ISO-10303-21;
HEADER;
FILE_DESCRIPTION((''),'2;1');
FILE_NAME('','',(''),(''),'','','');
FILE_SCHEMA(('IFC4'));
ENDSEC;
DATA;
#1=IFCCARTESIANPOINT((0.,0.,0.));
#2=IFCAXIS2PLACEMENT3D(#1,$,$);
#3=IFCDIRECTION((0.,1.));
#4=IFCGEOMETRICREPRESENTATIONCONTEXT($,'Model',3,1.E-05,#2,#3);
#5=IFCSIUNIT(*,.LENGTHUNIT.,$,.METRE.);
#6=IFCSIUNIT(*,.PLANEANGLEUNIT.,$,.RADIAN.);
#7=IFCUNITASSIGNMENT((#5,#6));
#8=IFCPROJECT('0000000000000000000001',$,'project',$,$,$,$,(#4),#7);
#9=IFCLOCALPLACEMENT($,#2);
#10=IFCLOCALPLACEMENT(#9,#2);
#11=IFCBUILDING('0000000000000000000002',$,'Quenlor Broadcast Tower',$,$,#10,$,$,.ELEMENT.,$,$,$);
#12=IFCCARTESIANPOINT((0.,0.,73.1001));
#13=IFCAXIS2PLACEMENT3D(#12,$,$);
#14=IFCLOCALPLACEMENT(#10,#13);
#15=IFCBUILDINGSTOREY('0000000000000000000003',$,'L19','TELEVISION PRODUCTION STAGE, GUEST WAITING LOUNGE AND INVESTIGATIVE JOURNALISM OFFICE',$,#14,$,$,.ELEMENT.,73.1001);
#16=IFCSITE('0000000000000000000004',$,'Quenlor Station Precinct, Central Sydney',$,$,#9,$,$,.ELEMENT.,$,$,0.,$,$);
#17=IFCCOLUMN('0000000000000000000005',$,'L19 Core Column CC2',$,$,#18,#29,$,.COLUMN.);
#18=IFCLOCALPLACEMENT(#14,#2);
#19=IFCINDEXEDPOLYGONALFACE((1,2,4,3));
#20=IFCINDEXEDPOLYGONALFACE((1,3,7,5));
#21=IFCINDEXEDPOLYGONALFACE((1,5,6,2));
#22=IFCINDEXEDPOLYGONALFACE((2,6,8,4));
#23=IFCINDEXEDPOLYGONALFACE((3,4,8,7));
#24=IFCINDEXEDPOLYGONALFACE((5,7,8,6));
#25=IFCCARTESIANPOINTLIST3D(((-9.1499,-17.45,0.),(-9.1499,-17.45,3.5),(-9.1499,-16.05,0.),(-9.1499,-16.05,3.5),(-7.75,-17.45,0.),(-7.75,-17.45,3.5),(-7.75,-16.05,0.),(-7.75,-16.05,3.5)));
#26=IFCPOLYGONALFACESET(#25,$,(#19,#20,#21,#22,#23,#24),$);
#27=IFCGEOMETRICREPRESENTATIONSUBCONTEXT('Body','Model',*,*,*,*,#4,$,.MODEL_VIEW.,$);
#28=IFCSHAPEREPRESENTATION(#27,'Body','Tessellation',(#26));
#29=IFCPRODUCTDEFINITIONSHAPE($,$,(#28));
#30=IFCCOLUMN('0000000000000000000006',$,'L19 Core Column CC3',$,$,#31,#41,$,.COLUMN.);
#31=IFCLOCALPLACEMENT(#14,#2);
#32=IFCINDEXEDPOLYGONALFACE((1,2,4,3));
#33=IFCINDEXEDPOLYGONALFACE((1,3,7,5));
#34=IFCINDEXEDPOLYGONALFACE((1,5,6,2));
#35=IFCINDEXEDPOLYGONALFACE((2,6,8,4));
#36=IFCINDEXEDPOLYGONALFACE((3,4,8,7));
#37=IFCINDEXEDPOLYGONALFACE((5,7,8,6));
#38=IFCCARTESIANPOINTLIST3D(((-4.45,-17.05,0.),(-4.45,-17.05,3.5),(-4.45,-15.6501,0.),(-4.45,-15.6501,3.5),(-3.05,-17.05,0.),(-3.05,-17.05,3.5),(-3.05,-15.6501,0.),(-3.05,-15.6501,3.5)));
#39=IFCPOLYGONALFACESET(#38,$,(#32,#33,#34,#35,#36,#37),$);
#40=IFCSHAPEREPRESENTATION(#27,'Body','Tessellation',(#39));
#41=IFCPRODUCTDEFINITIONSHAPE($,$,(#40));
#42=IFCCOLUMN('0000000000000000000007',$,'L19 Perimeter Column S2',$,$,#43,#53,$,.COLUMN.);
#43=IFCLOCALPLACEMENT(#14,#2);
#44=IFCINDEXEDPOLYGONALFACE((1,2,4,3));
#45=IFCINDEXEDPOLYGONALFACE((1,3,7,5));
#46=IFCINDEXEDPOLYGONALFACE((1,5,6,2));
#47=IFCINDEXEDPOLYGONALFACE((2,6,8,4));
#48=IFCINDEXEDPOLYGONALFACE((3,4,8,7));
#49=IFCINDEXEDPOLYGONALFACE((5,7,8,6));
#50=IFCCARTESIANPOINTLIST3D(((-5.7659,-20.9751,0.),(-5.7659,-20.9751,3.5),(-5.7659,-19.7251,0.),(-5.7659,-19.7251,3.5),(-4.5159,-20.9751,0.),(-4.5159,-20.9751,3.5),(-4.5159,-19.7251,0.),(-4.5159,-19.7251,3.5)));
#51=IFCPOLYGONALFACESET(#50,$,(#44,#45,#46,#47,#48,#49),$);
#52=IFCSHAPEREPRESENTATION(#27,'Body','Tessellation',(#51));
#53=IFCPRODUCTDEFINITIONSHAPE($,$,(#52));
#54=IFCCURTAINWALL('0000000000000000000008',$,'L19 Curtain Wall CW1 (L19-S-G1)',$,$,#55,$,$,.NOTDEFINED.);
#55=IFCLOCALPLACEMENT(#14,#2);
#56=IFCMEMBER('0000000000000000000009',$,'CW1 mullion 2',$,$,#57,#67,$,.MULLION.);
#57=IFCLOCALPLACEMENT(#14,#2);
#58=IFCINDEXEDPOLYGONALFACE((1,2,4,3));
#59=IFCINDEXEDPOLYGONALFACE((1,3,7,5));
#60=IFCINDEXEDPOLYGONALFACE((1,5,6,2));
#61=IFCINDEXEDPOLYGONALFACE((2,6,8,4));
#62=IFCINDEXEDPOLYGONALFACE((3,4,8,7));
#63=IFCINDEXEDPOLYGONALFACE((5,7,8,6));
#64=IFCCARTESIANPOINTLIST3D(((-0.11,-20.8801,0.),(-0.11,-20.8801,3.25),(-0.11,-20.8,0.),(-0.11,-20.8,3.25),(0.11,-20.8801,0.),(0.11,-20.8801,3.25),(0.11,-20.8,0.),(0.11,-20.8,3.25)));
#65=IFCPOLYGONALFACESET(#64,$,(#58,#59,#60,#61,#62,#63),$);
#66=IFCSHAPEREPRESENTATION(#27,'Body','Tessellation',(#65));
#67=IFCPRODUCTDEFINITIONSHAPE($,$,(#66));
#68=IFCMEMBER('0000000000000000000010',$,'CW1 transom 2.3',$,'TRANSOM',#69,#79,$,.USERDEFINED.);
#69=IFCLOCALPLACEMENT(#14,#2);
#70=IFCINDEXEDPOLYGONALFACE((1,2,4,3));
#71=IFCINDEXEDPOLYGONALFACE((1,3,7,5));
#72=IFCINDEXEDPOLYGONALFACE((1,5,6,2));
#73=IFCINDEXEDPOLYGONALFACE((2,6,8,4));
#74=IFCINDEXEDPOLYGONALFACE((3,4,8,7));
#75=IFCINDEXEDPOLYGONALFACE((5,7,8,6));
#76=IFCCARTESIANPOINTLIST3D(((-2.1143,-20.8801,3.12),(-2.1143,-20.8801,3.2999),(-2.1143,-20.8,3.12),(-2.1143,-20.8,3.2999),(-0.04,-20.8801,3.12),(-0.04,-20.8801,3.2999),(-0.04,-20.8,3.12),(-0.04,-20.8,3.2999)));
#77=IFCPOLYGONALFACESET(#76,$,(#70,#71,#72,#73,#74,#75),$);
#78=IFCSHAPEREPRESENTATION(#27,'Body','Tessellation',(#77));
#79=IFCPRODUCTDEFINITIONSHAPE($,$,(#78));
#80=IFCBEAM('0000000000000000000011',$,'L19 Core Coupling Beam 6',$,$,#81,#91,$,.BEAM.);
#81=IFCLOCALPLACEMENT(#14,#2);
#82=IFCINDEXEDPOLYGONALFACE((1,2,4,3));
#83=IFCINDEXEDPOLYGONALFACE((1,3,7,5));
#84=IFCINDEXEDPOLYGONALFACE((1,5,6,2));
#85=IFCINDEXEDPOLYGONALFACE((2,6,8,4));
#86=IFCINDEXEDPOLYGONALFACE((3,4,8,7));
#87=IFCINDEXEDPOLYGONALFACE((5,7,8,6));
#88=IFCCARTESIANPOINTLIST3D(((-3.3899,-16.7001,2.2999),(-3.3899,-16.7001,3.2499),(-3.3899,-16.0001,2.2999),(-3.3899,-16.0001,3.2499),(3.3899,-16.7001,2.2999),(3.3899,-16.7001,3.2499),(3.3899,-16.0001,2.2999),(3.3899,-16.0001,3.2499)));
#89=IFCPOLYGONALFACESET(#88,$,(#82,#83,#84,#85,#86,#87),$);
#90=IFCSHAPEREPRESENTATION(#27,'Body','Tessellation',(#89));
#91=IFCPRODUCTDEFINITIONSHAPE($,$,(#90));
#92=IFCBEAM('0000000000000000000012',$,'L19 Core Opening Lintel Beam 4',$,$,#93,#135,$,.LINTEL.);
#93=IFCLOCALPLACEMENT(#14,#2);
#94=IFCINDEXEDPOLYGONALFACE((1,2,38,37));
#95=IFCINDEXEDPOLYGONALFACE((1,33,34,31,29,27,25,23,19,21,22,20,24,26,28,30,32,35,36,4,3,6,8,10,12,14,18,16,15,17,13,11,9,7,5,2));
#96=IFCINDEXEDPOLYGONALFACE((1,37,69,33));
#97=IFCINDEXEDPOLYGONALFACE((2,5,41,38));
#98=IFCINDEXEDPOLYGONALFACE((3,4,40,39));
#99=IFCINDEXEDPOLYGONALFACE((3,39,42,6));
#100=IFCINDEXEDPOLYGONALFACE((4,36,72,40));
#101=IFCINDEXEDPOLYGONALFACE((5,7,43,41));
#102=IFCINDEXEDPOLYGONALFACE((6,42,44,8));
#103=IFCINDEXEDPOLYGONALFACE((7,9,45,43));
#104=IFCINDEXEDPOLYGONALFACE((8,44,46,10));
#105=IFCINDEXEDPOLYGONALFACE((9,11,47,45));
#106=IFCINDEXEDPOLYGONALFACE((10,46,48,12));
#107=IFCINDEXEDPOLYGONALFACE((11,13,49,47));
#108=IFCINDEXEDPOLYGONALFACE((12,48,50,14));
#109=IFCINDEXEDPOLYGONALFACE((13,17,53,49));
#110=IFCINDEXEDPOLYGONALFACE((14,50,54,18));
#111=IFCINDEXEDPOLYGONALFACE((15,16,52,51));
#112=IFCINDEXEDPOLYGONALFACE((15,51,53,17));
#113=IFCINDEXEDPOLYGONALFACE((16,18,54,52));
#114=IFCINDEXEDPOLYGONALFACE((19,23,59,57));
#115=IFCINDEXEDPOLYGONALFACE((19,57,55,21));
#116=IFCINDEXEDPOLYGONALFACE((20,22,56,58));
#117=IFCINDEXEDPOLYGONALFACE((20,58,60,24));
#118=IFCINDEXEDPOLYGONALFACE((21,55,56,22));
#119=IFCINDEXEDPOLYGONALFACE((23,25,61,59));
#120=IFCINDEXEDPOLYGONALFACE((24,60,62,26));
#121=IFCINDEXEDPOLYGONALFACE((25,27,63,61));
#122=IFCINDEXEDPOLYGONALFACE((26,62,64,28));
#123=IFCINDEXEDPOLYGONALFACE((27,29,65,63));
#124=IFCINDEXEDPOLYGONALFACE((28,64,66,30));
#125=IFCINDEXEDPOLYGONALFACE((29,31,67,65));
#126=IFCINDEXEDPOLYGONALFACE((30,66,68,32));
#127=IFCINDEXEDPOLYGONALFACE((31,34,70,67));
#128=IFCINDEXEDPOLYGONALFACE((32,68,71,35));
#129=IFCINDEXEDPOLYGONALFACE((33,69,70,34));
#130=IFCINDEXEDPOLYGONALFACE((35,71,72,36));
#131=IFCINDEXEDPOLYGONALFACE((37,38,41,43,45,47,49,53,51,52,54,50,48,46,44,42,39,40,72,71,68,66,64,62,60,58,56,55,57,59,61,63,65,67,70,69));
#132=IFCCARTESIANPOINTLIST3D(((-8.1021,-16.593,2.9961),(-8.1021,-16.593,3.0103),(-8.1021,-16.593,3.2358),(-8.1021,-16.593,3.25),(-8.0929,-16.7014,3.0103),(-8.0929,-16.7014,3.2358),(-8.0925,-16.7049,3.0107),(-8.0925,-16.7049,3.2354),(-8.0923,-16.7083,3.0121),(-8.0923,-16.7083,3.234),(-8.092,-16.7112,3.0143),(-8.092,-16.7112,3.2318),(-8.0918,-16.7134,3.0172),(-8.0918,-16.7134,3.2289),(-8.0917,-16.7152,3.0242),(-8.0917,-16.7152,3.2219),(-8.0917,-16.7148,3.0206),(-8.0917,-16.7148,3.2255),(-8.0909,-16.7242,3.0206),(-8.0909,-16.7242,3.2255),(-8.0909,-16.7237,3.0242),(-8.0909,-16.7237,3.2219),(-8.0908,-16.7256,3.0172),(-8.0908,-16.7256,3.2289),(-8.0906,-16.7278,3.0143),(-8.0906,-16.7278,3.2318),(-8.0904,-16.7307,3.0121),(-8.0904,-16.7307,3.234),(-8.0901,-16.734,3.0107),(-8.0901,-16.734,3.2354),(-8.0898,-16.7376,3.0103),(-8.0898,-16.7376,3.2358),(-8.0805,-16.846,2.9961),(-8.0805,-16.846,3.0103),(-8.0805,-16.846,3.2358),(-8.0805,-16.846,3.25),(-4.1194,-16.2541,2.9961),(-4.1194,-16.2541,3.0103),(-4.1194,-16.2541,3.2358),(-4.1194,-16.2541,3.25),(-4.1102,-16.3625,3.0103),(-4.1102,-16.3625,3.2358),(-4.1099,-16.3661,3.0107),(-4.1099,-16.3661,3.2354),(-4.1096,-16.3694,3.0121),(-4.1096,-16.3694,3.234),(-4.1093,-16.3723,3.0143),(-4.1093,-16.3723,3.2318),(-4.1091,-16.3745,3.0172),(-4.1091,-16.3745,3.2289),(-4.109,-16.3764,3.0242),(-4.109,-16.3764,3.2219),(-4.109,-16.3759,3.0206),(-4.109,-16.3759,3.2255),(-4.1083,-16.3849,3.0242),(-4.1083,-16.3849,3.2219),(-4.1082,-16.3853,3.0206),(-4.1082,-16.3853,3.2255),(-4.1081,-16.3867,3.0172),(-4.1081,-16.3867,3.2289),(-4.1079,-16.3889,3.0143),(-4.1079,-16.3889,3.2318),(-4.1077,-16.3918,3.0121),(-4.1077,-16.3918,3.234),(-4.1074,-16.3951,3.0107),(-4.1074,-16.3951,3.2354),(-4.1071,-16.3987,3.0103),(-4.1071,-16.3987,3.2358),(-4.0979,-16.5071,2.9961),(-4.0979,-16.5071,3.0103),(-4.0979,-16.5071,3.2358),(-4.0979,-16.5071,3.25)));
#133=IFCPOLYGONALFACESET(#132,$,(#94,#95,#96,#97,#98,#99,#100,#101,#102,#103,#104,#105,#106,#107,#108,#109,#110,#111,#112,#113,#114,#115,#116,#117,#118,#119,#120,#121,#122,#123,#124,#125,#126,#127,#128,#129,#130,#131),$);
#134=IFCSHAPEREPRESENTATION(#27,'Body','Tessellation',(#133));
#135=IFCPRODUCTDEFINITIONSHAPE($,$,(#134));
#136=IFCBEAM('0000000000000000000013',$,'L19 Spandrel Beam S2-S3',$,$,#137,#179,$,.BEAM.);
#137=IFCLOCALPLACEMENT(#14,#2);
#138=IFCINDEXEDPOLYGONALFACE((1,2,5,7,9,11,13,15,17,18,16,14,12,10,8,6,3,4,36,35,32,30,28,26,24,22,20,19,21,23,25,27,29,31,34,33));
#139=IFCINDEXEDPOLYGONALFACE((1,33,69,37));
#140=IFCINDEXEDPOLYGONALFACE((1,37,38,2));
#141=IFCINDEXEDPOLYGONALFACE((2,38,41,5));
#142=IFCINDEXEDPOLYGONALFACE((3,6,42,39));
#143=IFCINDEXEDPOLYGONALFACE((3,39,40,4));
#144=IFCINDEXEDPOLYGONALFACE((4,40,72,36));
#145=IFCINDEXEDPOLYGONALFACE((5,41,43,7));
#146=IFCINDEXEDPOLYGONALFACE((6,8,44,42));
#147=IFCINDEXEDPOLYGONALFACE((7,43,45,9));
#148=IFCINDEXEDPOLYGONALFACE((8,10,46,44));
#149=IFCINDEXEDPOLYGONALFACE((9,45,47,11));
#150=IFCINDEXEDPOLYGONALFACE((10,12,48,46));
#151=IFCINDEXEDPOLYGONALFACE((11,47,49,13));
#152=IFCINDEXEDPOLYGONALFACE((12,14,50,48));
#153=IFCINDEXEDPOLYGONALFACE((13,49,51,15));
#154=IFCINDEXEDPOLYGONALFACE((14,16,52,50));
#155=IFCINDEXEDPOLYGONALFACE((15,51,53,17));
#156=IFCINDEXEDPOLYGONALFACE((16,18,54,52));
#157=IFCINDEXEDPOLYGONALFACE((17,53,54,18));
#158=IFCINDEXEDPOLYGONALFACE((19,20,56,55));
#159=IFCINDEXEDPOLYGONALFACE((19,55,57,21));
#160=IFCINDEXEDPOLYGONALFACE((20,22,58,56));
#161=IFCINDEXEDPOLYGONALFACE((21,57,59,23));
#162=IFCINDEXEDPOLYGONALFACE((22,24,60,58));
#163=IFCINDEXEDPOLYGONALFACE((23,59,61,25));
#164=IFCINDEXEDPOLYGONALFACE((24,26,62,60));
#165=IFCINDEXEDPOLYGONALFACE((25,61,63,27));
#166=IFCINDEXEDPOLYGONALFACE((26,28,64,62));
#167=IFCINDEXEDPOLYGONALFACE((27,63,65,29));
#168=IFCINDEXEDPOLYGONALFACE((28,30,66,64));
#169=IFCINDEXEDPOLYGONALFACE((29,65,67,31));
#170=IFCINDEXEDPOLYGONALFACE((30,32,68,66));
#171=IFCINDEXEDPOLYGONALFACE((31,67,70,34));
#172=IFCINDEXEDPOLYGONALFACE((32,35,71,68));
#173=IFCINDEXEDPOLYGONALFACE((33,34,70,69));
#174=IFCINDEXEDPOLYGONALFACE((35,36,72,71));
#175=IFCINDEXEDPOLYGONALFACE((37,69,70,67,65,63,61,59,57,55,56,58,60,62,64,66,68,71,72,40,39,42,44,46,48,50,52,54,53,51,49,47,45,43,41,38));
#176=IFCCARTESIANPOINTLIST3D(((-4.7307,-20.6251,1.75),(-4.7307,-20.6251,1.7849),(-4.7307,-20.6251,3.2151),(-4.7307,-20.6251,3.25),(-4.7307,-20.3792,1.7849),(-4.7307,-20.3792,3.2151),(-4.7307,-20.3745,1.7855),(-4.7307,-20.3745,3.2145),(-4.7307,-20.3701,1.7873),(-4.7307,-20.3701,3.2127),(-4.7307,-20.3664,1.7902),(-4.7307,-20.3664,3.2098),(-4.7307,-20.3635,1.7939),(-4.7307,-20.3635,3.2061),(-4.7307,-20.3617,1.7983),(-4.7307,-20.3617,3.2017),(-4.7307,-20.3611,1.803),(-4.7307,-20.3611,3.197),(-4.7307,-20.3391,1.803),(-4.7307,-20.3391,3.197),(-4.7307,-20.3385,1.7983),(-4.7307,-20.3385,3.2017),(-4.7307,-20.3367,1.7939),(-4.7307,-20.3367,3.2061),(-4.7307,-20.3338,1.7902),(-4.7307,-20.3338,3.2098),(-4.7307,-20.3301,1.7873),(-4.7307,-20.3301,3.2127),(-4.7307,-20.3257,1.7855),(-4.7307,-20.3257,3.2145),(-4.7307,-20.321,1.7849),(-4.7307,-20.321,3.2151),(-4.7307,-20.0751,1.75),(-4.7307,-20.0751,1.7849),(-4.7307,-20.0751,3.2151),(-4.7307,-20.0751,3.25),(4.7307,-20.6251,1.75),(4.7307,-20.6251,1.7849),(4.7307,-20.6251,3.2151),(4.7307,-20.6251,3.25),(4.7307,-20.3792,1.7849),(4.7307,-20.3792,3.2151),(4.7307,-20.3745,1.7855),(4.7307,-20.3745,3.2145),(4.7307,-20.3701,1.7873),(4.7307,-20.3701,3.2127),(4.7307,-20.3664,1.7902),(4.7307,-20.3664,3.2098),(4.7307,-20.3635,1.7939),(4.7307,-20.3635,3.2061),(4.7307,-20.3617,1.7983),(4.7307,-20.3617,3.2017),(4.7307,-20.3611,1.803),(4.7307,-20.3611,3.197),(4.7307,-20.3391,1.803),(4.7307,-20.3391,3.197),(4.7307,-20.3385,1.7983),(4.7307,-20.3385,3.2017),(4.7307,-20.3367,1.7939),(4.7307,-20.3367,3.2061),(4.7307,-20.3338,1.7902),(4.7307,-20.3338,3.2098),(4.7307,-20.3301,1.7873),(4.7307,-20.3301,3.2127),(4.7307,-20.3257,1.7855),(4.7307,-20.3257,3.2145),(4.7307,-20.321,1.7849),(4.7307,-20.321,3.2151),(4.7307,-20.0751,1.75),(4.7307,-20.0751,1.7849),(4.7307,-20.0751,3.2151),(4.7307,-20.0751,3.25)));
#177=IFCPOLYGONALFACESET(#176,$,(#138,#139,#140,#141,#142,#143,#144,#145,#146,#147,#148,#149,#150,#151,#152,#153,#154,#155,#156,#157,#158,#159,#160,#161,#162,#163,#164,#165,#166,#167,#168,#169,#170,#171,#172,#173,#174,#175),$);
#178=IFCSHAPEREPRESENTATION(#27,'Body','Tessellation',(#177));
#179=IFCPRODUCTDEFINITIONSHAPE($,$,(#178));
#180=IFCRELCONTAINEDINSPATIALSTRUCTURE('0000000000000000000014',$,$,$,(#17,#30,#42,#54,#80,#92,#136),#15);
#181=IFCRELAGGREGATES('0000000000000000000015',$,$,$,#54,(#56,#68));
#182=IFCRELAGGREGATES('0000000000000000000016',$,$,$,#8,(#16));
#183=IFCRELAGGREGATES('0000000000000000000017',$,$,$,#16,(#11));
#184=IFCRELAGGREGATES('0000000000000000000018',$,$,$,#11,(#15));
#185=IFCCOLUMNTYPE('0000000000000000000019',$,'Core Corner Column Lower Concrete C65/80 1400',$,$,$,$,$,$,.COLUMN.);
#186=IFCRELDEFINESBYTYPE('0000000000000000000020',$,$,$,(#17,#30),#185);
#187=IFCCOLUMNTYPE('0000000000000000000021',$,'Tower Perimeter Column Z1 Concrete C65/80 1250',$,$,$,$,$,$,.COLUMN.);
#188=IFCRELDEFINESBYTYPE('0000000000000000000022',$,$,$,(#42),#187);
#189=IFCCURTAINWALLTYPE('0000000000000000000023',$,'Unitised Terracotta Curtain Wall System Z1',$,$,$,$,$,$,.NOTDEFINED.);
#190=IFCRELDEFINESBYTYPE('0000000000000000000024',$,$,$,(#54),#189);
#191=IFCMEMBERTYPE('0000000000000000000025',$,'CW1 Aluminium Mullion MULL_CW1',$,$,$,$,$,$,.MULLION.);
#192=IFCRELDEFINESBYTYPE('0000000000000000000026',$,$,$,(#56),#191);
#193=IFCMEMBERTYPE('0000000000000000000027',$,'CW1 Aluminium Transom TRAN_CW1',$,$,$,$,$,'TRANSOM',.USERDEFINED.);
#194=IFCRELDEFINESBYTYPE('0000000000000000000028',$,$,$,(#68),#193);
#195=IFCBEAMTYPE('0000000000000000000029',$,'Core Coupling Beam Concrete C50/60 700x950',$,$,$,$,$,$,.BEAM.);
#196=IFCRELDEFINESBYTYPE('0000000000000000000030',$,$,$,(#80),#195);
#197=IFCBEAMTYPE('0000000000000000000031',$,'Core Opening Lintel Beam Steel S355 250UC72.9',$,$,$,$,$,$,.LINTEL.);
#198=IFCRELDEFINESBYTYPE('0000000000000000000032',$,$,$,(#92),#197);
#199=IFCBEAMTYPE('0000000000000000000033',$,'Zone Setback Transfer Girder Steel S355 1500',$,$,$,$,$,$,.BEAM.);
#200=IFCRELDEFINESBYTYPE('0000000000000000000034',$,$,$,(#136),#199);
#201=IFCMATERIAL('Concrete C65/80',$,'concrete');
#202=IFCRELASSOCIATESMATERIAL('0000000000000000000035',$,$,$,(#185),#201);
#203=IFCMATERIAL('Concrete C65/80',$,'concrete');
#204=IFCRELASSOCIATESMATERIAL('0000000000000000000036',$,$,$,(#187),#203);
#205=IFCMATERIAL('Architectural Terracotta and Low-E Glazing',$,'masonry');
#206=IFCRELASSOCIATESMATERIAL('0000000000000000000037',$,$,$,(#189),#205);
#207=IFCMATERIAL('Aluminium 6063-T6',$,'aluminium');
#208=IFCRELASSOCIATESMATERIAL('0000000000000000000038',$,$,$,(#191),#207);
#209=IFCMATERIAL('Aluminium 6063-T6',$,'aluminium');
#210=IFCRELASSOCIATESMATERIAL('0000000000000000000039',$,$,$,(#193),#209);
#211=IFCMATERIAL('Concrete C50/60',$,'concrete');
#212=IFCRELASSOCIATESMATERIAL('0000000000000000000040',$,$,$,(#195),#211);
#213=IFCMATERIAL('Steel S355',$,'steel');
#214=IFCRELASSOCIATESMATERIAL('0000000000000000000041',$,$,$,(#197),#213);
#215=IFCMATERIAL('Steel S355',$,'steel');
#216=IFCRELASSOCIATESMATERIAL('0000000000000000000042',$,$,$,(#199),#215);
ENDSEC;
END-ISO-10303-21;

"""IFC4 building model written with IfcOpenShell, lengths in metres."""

from ifc_helpers import new_model, si_unit, direction, frame, origin, origin_2d, place, context, subcontext, project, spatial, rectangle, i_section, extrude, material, material_profile, profile_set, type_object, element, aggregate, save


model = new_model("IFC4")

# Units and contexts
model_context = context("Model", 3, precision=1e-05, world=origin(), true_north=direction((0.0, 1.0)))
body_context = subcontext(model_context, "Body", "Model", "MODEL_VIEW")
ifc_project = project(units=[si_unit("LENGTHUNIT", "METRE"), si_unit("PLANEANGLEUNIT", "RADIAN")], contexts=[model_context])

# Site, building, storey
site_placement = place(None, origin())
site = spatial("IfcSite", under=ifc_project, at=site_placement, Name="Quenlor Station Precinct, Central Sydney", CompositionType="ELEMENT", RefElevation=0.0)
building_placement = place(site_placement, origin())
building = spatial("IfcBuilding", under=site, at=building_placement, Name="Quenlor Broadcast Tower", CompositionType="ELEMENT")
storey_placement = place(building_placement, frame((0.0, 0.0, 73.1001)))
storey = spatial("IfcBuildingStorey", under=building, at=storey_placement, Name="L19", Description="TELEVISION PRODUCTION STAGE, GUEST WAITING LOUNGE AND INVESTIGATIVE JOURNALISM OFFICE", CompositionType="ELEMENT", Elevation=73.1001)

# Columns
ifc_material_1 = material(Name="Concrete C65/80", Category="concrete")
ifc_material_profile_1 = material_profile(ifc_material_1, rectangle(XDim=1.3999, YDim=1.3999, at=origin_2d()))
ifc_profile_set_1 = profile_set([ifc_material_profile_1], Name="Concrete C65/80 RC1400x1400")
column_type_1 = type_object("IfcColumnType", Name="Core Corner Column Lower Concrete C65/80 1400", PredefinedType="COLUMN", material=ifc_profile_set_1)
for number, where, z_axis, x_axis, name in (
    (1, (-8.45, -16.75, 0.0), (0.0, 0.0, 1.0), (1.0, 0.0, 0.0), "L19 Core Column CC2"),
    (2, (-3.75, -16.3501, 0.0), (0.0, 0.0, 1.0), (1.0, 0.0, 0.0), "L19 Core Column CC3"),
):
    element("IfcColumn", number, at=place(storey_placement, frame(where, z_axis=z_axis, x_axis=x_axis)), inside=storey, type_object=column_type_1, Name=name, PredefinedType="COLUMN", context=body_context, shape_type="SweptSolid", body=[
        extrude(rectangle(XDim=1.3999, YDim=1.3999, at=origin_2d()), origin(), (0.0, 0.0, 1.0), 3.5),
    ])
ifc_material_2 = material(Name="Concrete C65/80", Category="concrete")
ifc_material_profile_2 = material_profile(ifc_material_2, rectangle(XDim=1.25, YDim=1.25, at=origin_2d()))
ifc_profile_set_2 = profile_set([ifc_material_profile_2], Name="Concrete C65/80 RC1250x1250")
column_type_2 = type_object("IfcColumnType", Name="Tower Perimeter Column Z1 Concrete C65/80 1250", PredefinedType="COLUMN", material=ifc_profile_set_2)
column_placement = place(storey_placement, frame((-5.1409, -20.3501, 0.0), z_axis=(0.0, 0.0, 1.0), x_axis=(0.0, 1.0, 0.0)))
element("IfcColumn", 3, at=column_placement, inside=storey, type_object=column_type_2, Name="L19 Perimeter Column S2", PredefinedType="COLUMN", context=body_context, shape_type="SweptSolid", body=[
    extrude(rectangle(XDim=1.25, YDim=1.25, at=origin_2d()), origin(), (0.0, 0.0, 1.0), 3.5),
])

# Curtain wall, members
ifc_material_3 = material(Name="Architectural Terracotta and Low-E Glazing", Category="masonry")
curtain_wall_type = type_object("IfcCurtainWallType", Name="Unitised Terracotta Curtain Wall System Z1", PredefinedType="NOTDEFINED", material=ifc_material_3)
curtain_wall_placement = place(storey_placement, origin())
curtain_wall = element("IfcCurtainWall", 4, at=curtain_wall_placement, inside=storey, type_object=curtain_wall_type, Name="L19 Curtain Wall CW1 (L19-S-G1)", PredefinedType="NOTDEFINED")
ifc_material_4 = material(Name="Aluminium 6063-T6", Category="aluminium")
ifc_material_profile_3 = material_profile(ifc_material_4, rectangle(XDim=0.0801, YDim=0.22, at=origin_2d()))
ifc_profile_set_3 = profile_set([ifc_material_profile_3], Name="Aluminium 6063-T6 MULL80x220")
member_type_1 = type_object("IfcMemberType", Name="CW1 Aluminium Mullion MULL_CW1", PredefinedType="MULLION", material=ifc_profile_set_3)
member_1_placement = place(storey_placement, frame((0.0, -20.8401, 0.0), z_axis=(0.0, 0.0, 1.0), x_axis=(0.0, -1.0, 0.0)))
member_1 = element("IfcMember", 5, at=member_1_placement, type_object=member_type_1, Name="CW1 mullion 2", PredefinedType="MULLION", context=body_context, shape_type="SweptSolid", body=[
    extrude(rectangle(XDim=0.0801, YDim=0.22, at=origin_2d()), origin(), (0.0, 0.0, 1.0), 3.25),
])
ifc_material_5 = material(Name="Aluminium 6063-T6", Category="aluminium")
ifc_material_profile_4 = material_profile(ifc_material_5, rectangle(XDim=0.0801, YDim=0.1799, at=origin_2d()))
ifc_profile_set_4 = profile_set([ifc_material_profile_4], Name="Aluminium 6063-T6 TRAN80x180")
member_type_2 = type_object("IfcMemberType", Name="CW1 Aluminium Transom TRAN_CW1", ElementType="TRANSOM", PredefinedType="USERDEFINED", material=ifc_profile_set_4)
member_2_placement = place(storey_placement, frame((-0.04, -20.8401, 3.21), z_axis=(-1.0, 0.0, 0.0), x_axis=(0.0, -1.0, 0.0)))
member_2 = element("IfcMember", 6, at=member_2_placement, type_object=member_type_2, Name="CW1 transom 2.3", ObjectType="TRANSOM", PredefinedType="USERDEFINED", context=body_context, shape_type="SweptSolid", body=[
    extrude(rectangle(XDim=0.0801, YDim=0.1799, at=origin_2d()), origin(), (0.0, 0.0, 1.0), 2.0742),
])
aggregate(curtain_wall, [member_1, member_2])

# Beams
ifc_material_6 = material(Name="Concrete C50/60", Category="concrete")
ifc_material_profile_5 = material_profile(ifc_material_6, rectangle(XDim=0.7, YDim=0.95, at=origin_2d()))
ifc_profile_set_5 = profile_set([ifc_material_profile_5], Name="Concrete C50/60 RCB700x950")
beam_type_1 = type_object("IfcBeamType", Name="Core Coupling Beam Concrete C50/60 700x950", PredefinedType="BEAM", material=ifc_profile_set_5)
beam_1_placement = place(storey_placement, frame((-3.3899, -16.3501, 2.7749), z_axis=(1.0, 0.0, 0.0), x_axis=(0.0, 1.0, 0.0)))
element("IfcBeam", 7, at=beam_1_placement, inside=storey, type_object=beam_type_1, Name="L19 Core Coupling Beam 6", PredefinedType="BEAM", context=body_context, shape_type="SweptSolid", body=[
    extrude(rectangle(XDim=0.7, YDim=0.95, at=origin_2d()), origin(), (0.0, 0.0, 1.0), 6.7798),
])
ifc_material_7 = material(Name="Steel S355", Category="steel")
ifc_material_profile_6 = material_profile(ifc_material_7, i_section(OverallWidth=0.2539, OverallDepth=0.2539, WebThickness=0.0085, FlangeThickness=0.0142, FilletRadius=0.0139, at=origin_2d()))
ifc_profile_set_6 = profile_set([ifc_material_profile_6], Name="Steel S355 250UC72.9")
beam_type_2 = type_object("IfcBeamType", Name="Core Opening Lintel Beam Steel S355 250UC72.9", PredefinedType="LINTEL", material=ifc_profile_set_6)
beam_2_placement = place(storey_placement, frame((-8.0913, -16.7195, 3.123), z_axis=(0.9964, 0.084779, 0.0), x_axis=(-0.084779, 0.9964, 0.0)))
element("IfcBeam", 8, at=beam_2_placement, inside=storey, type_object=beam_type_2, Name="L19 Core Opening Lintel Beam 4", PredefinedType="LINTEL", context=body_context, shape_type="SweptSolid", body=[
    extrude(i_section(OverallWidth=0.2539, OverallDepth=0.2539, WebThickness=0.0085, FlangeThickness=0.0142, FilletRadius=0.0139, at=origin_2d()), origin(), (0.0, 0.0, 1.0), 3.9971),
])
ifc_material_8 = material(Name="Steel S355", Category="steel")
ifc_material_profile_7 = material_profile(ifc_material_8, i_section(OverallWidth=0.55, OverallDepth=1.5, WebThickness=0.022, FlangeThickness=0.0349, FilletRadius=0.0181, at=origin_2d()))
ifc_profile_set_7 = profile_set([ifc_material_profile_7], Name="Steel S355 1500TG510")
beam_type_3 = type_object("IfcBeamType", Name="Zone Setback Transfer Girder Steel S355 1500", PredefinedType="BEAM", material=ifc_profile_set_7)
beam_3_placement = place(storey_placement, frame((-4.7307, -20.3501, 2.5), z_axis=(1.0, 0.0, 0.0), x_axis=(0.0, 1.0, 0.0)))
element("IfcBeam", 9, at=beam_3_placement, inside=storey, type_object=beam_type_3, Name="L19 Spandrel Beam S2-S3", PredefinedType="BEAM", context=body_context, shape_type="SweptSolid", body=[
    extrude(i_section(OverallWidth=0.55, OverallDepth=1.5, WebThickness=0.022, FlangeThickness=0.0349, FilletRadius=0.0181, at=origin_2d()), origin(), (0.0, 0.0, 1.0), 9.4614),
])

save(model, "model.ifc")
